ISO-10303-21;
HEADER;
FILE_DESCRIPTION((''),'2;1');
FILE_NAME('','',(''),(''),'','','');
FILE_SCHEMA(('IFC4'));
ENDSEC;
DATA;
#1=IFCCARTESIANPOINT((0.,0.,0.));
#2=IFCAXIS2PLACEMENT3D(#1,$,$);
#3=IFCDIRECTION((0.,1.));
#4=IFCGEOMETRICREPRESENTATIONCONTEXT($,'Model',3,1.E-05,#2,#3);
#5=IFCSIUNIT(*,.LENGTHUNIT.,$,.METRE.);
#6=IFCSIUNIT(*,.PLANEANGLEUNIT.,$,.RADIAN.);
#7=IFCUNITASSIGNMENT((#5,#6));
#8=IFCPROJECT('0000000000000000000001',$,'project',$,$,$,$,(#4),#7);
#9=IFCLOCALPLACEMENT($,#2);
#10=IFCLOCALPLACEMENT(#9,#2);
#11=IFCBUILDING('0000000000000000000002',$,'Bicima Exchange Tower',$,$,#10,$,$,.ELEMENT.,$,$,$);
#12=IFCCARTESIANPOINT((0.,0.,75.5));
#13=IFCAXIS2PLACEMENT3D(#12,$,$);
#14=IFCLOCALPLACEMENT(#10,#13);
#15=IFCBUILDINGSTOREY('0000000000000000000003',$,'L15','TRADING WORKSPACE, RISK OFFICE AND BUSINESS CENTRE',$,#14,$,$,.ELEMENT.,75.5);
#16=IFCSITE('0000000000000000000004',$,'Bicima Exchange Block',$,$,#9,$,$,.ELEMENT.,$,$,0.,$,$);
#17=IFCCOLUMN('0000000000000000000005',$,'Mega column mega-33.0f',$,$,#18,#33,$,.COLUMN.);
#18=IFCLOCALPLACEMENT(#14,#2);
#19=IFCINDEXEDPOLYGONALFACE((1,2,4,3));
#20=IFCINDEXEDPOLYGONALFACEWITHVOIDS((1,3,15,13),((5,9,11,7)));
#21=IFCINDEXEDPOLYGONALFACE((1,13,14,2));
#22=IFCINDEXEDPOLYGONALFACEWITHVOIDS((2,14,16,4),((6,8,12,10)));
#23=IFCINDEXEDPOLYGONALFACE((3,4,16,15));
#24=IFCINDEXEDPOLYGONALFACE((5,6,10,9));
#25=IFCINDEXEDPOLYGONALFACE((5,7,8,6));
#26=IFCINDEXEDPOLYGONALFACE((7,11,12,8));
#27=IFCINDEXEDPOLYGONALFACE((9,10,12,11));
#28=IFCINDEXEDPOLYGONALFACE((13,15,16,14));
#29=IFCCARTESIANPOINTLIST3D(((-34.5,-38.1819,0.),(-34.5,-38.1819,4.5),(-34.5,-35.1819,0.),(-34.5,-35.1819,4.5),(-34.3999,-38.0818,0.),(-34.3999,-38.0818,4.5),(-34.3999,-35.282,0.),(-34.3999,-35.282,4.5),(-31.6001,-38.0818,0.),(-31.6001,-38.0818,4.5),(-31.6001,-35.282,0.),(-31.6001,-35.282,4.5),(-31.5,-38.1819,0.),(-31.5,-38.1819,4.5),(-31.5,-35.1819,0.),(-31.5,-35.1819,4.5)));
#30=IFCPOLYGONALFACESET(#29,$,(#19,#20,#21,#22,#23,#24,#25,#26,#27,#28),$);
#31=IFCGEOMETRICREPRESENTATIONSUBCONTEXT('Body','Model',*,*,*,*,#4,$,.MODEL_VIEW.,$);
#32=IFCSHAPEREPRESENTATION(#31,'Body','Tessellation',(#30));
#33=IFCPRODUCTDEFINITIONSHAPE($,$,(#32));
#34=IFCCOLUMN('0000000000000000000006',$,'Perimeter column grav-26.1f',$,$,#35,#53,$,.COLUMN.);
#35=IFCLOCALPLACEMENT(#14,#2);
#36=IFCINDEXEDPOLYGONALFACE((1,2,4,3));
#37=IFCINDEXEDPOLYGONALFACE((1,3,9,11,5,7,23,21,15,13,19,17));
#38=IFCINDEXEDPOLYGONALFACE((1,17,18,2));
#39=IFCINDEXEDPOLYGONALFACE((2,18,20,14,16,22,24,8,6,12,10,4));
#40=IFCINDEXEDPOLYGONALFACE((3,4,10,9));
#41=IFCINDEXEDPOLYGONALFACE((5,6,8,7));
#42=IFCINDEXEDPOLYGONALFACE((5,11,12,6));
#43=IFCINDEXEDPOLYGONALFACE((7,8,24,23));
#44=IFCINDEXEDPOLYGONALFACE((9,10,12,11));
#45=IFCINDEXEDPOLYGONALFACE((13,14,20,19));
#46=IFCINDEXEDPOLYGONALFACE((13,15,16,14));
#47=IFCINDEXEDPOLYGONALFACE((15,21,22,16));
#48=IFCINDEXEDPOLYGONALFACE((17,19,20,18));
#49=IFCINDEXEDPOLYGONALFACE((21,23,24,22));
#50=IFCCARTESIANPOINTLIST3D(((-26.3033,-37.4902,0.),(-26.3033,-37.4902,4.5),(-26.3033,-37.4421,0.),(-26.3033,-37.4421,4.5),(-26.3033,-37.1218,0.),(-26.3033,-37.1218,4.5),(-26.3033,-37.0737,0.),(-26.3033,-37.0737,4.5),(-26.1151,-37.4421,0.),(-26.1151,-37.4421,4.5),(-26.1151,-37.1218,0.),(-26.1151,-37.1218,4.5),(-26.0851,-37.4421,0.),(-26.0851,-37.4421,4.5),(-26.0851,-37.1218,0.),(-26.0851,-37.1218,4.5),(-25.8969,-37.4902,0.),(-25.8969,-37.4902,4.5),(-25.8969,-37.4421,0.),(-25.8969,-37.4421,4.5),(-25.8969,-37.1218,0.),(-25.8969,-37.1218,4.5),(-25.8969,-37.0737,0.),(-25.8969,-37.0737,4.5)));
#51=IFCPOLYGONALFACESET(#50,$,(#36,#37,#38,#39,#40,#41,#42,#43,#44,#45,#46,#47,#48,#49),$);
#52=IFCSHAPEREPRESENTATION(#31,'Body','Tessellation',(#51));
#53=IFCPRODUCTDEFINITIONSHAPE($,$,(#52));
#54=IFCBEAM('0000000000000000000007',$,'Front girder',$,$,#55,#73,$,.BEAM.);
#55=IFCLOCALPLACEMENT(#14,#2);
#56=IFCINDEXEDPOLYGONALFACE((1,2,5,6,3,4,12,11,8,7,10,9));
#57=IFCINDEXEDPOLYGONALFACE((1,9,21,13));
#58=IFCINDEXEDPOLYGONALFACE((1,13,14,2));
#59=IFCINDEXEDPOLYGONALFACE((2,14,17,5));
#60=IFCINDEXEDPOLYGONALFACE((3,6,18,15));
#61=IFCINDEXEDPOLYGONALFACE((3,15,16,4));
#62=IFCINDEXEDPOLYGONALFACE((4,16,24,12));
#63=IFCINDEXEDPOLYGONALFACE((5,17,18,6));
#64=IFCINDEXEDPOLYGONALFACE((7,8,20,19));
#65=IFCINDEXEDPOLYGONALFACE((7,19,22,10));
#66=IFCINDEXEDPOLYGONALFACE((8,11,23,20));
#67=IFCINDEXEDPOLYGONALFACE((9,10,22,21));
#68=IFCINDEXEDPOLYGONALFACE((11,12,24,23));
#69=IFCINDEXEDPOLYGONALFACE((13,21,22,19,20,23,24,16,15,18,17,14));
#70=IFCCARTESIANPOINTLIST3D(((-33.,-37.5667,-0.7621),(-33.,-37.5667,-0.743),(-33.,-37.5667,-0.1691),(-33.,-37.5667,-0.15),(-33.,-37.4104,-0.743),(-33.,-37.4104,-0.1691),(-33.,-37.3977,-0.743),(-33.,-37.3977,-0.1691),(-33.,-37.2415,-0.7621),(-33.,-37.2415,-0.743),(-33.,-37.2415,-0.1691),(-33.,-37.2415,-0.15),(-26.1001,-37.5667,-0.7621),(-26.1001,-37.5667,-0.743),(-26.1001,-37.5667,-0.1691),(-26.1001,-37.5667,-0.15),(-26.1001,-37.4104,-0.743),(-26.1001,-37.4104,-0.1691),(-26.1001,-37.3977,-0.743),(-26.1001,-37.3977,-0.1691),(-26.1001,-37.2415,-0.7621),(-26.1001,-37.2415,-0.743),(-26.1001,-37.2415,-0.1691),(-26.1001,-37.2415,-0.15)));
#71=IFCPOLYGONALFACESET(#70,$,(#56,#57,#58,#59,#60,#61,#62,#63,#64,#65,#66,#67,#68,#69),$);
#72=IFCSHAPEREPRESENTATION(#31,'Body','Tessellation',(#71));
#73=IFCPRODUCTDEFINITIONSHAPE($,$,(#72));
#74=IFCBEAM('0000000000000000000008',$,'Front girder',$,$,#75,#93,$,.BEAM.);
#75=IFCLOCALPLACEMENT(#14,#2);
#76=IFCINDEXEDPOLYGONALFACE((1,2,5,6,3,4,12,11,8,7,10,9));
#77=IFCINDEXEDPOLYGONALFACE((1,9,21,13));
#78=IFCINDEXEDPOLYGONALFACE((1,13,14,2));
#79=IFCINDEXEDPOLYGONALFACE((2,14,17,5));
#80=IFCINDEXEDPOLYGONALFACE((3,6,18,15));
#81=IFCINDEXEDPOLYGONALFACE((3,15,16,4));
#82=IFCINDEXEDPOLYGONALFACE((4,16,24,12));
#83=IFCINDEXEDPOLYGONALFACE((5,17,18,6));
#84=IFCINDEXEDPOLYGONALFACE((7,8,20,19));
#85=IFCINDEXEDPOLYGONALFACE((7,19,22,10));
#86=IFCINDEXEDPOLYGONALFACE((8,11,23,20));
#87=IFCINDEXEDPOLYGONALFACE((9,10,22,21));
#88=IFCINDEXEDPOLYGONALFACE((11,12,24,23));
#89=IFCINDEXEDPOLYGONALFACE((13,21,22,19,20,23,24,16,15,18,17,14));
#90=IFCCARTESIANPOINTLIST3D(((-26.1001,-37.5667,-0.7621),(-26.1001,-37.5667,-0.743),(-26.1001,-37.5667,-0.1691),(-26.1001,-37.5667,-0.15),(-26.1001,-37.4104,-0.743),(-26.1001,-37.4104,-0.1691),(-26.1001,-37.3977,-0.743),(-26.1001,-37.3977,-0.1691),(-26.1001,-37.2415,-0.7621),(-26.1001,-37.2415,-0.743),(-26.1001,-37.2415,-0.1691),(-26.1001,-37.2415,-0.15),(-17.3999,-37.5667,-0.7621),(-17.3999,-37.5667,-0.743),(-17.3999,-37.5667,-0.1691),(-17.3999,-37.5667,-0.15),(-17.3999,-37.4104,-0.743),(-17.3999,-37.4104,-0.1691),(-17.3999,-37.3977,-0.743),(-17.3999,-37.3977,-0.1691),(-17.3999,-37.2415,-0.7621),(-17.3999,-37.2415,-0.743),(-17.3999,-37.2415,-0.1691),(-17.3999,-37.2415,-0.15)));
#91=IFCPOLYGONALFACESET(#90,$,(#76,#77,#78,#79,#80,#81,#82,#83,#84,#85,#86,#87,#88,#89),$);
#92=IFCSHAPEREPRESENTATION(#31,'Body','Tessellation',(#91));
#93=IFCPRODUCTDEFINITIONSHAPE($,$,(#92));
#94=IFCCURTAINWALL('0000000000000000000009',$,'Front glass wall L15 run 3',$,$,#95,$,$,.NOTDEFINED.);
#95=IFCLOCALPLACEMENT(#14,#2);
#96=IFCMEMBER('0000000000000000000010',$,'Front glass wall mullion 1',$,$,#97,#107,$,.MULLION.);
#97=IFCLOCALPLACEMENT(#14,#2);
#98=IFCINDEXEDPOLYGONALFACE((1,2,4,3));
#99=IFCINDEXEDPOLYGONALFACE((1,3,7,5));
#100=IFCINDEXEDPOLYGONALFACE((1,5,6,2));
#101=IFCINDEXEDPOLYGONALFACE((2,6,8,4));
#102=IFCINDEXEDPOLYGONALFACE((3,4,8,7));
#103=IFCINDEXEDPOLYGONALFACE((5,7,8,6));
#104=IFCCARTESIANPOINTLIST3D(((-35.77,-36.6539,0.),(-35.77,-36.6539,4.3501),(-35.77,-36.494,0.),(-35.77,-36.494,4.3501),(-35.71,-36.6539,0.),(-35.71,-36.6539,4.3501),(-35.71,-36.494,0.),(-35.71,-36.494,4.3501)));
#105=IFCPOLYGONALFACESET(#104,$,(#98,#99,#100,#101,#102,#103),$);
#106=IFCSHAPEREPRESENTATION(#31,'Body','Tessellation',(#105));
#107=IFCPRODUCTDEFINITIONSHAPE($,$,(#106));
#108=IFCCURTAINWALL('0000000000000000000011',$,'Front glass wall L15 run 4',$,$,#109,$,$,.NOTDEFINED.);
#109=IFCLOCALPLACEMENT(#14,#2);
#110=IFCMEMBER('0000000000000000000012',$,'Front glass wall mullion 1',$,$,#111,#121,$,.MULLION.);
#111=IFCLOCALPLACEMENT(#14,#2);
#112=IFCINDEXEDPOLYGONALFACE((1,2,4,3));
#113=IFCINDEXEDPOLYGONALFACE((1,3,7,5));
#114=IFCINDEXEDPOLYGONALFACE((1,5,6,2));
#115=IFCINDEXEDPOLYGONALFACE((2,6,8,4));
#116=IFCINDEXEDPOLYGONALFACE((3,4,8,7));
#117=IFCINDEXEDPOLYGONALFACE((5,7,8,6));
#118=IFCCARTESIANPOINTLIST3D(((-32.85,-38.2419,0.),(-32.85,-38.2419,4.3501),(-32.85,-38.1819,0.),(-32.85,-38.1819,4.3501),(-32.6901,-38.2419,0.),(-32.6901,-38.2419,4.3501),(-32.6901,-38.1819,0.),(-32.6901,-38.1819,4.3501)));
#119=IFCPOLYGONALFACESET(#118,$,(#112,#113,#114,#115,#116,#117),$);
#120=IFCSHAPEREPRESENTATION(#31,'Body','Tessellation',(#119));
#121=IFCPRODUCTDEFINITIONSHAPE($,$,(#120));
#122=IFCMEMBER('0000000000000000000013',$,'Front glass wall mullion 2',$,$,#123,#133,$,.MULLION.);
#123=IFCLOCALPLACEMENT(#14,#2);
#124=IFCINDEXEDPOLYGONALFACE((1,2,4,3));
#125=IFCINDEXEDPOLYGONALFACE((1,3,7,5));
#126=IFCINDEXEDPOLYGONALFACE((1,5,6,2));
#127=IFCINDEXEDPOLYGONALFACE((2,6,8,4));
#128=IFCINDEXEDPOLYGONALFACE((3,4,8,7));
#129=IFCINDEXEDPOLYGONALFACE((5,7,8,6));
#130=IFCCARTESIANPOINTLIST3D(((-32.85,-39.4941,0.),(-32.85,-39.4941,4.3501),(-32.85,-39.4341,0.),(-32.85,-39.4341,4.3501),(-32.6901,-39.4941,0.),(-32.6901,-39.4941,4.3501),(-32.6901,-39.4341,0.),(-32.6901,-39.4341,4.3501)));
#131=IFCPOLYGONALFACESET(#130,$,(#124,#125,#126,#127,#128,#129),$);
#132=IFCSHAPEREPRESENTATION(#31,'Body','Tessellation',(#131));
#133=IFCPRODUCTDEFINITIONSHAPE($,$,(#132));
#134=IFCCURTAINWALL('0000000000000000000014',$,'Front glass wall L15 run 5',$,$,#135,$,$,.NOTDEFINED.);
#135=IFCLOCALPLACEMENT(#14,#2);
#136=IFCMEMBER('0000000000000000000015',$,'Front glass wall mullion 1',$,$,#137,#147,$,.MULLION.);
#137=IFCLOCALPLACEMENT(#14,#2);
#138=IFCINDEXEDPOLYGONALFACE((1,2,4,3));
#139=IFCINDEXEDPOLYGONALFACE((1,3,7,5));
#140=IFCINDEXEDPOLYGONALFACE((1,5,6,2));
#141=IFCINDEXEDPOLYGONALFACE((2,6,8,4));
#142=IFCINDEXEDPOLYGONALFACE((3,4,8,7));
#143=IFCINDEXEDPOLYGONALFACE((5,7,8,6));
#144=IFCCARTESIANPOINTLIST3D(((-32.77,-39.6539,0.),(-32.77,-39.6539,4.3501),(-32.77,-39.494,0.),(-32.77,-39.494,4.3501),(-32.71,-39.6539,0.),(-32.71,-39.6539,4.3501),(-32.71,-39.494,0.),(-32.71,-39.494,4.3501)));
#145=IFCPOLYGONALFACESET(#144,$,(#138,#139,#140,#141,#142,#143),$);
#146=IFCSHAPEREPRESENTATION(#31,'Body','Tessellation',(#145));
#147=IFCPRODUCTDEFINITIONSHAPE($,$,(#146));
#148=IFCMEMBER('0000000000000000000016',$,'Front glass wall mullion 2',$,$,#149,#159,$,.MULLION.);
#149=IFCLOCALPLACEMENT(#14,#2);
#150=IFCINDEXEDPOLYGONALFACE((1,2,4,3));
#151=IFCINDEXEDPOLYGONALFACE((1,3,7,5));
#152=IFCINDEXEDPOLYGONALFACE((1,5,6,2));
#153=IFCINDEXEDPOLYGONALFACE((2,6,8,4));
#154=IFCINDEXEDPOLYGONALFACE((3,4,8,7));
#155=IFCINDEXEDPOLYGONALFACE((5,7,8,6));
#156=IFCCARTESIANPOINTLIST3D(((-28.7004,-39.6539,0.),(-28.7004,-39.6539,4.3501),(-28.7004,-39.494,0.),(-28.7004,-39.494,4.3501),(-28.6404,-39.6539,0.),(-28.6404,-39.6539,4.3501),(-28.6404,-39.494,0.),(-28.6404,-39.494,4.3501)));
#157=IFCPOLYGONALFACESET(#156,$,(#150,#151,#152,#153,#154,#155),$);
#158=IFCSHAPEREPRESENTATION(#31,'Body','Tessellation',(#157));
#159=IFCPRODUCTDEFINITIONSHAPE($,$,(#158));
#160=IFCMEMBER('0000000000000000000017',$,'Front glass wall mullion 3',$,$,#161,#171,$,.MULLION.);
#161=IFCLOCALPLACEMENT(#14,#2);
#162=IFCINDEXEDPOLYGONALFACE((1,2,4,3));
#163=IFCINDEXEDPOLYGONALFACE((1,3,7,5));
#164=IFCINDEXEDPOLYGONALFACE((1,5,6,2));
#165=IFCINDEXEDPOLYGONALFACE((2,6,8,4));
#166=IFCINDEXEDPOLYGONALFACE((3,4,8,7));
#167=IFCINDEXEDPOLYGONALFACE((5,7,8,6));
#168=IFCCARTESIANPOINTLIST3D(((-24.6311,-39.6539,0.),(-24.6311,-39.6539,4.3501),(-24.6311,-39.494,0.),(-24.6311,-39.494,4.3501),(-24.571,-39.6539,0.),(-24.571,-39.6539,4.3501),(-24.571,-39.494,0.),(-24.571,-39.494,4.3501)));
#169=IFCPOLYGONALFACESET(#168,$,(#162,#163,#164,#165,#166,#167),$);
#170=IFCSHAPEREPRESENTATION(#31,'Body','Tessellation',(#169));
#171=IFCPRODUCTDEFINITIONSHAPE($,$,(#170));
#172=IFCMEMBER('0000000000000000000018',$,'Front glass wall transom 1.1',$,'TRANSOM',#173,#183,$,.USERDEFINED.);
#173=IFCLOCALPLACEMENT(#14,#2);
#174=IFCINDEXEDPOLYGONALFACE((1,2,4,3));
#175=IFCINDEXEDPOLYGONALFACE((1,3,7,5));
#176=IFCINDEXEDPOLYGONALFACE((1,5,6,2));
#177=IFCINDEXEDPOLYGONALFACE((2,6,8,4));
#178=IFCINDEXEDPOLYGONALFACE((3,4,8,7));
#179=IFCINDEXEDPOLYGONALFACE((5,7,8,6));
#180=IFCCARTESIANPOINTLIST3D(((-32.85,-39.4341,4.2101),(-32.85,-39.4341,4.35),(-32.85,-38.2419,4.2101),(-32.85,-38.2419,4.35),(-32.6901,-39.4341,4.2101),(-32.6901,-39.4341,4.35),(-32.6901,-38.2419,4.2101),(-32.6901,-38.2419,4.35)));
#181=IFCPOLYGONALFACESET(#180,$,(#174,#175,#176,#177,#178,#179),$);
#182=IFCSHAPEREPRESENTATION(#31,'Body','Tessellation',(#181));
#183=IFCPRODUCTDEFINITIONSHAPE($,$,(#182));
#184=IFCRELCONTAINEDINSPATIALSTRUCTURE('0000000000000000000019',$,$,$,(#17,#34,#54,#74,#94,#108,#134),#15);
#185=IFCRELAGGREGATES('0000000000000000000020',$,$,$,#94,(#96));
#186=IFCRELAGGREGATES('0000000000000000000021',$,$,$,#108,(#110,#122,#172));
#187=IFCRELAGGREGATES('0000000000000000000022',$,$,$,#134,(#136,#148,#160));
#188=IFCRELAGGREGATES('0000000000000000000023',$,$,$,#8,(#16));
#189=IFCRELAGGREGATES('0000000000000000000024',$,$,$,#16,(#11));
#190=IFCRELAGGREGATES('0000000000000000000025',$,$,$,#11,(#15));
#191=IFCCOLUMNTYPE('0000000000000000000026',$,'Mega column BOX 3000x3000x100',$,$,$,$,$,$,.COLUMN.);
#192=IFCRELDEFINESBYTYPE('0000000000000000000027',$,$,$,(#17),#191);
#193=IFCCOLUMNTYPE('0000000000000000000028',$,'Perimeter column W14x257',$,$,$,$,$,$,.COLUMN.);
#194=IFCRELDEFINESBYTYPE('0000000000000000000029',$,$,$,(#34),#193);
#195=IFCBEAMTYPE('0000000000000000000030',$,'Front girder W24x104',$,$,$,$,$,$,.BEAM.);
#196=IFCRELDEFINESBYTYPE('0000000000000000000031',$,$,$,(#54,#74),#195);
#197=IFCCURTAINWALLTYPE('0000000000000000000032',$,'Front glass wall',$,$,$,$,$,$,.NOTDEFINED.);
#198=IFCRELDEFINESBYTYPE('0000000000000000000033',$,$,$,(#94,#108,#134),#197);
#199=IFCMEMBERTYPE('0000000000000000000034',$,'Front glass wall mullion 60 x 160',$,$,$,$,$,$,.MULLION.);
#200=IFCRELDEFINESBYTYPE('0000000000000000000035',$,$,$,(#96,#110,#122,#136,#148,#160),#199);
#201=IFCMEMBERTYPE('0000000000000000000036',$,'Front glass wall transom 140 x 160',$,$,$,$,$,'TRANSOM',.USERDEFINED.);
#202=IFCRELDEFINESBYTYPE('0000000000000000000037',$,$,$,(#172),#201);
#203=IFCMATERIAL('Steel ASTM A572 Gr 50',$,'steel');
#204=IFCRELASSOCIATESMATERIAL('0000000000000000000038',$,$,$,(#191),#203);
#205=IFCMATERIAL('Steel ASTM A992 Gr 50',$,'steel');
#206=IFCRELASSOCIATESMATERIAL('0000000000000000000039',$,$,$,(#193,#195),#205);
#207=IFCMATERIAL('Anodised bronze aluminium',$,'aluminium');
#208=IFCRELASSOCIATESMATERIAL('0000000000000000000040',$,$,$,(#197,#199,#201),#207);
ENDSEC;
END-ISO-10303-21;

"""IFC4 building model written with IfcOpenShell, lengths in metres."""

from ifc_helpers import new_model, si_unit, direction, frame, origin, origin_2d, place, context, subcontext, project, spatial, rectangle, hollow_rectangle, i_section, extrude, material, material_profile, profile_set, type_object, element, aggregate, save


model = new_model("IFC4")

# Units and contexts
model_context = context("Model", 3, precision=1e-05, world=origin(), true_north=direction((0.0, 1.0)))
body_context = subcontext(model_context, "Body", "Model", "MODEL_VIEW")
ifc_project = project(units=[si_unit("LENGTHUNIT", "METRE"), si_unit("PLANEANGLEUNIT", "RADIAN")], contexts=[model_context])

# Site, building, storey
site_placement = place(None, origin())
site = spatial("IfcSite", under=ifc_project, at=site_placement, Name="Bicima Exchange Block", CompositionType="ELEMENT", RefElevation=0.0)
building_placement = place(site_placement, origin())
building = spatial("IfcBuilding", under=site, at=building_placement, Name="Bicima Exchange Tower", CompositionType="ELEMENT")
storey_placement = place(building_placement, frame((0.0, 0.0, 75.5)))
storey = spatial("IfcBuildingStorey", under=building, at=storey_placement, Name="L15", Description="TRADING WORKSPACE, RISK OFFICE AND BUSINESS CENTRE", CompositionType="ELEMENT", Elevation=75.5)

# Columns
ifc_material_1 = material(Name="Steel ASTM A572 Gr 50", Category="steel")
ifc_material_profile_1 = material_profile(ifc_material_1, hollow_rectangle(XDim=3.0, YDim=3.0, WallThickness=0.1001, at=origin_2d()))
ifc_profile_set_1 = profile_set([ifc_material_profile_1], Name="Steel ASTM A572 Gr 50")
column_type_1 = type_object("IfcColumnType", Name="Mega column BOX 3000x3000x100", PredefinedType="COLUMN", material=ifc_profile_set_1)
column_1_placement = place(storey_placement, frame((-33.0, -36.6819, 0.0), z_axis=(0.0, 0.0, 1.0), x_axis=(1.0, 0.0, 0.0)))
element("IfcColumn", 1, at=column_1_placement, inside=storey, type_object=column_type_1, Name="Mega column mega-33.0f", PredefinedType="COLUMN", context=body_context, shape_type="SweptSolid", body=[
    extrude(hollow_rectangle(XDim=3.0, YDim=3.0, WallThickness=0.1001, at=origin_2d()), origin(), (0.0, 0.0, 1.0), 4.5),
])
ifc_material_2 = material(Name="Steel ASTM A992 Gr 50", Category="steel")
ifc_material_profile_2 = material_profile(ifc_material_2, i_section(OverallWidth=0.4065, OverallDepth=0.4165, WebThickness=0.03, FlangeThickness=0.0481, at=origin_2d()))
ifc_profile_set_2 = profile_set([ifc_material_profile_2], Name="Steel ASTM A992 Gr 50")
column_type_2 = type_object("IfcColumnType", Name="Perimeter column W14x257", PredefinedType="COLUMN", material=ifc_profile_set_2)
column_2_placement = place(storey_placement, frame((-26.1001, -37.282, 0.0), z_axis=(0.0, 0.0, 1.0), x_axis=(1.0, 0.0, 0.0)))
element("IfcColumn", 2, at=column_2_placement, inside=storey, type_object=column_type_2, Name="Perimeter column grav-26.1f", PredefinedType="COLUMN", context=body_context, shape_type="SweptSolid", body=[
    extrude(i_section(OverallWidth=0.4065, OverallDepth=0.4165, WebThickness=0.03, FlangeThickness=0.0481, at=origin_2d()), origin(), (0.0, 0.0, 1.0), 4.5),
])

# Beams
ifc_material_profile_3 = material_profile(ifc_material_2, i_section(OverallWidth=0.3252, OverallDepth=0.6121, WebThickness=0.0127, FlangeThickness=0.019, at=origin_2d()))
ifc_profile_set_3 = profile_set([ifc_material_profile_3], Name="Steel ASTM A992 Gr 50")
beam_type = type_object("IfcBeamType", Name="Front girder W24x104", PredefinedType="BEAM", material=ifc_profile_set_3)
beam_1_placement = place(storey_placement, frame((-33.0, -37.4041, -0.4561), z_axis=(1.0, 0.0, 0.0), x_axis=(0.0, 1.0, 0.0)))
element("IfcBeam", 3, at=beam_1_placement, inside=storey, type_object=beam_type, Name="Front girder", PredefinedType="BEAM", context=body_context, shape_type="SweptSolid", body=[
    extrude(i_section(OverallWidth=0.3252, OverallDepth=0.6121, WebThickness=0.0127, FlangeThickness=0.019, at=origin_2d()), origin(), (0.0, 0.0, 1.0), 6.8999),
])
beam_2_placement = place(storey_placement, frame((-26.1001, -37.4041, -0.4561), z_axis=(1.0, 0.0, 0.0), x_axis=(0.0, 1.0, 0.0)))
element("IfcBeam", 4, at=beam_2_placement, inside=storey, type_object=beam_type, Name="Front girder", PredefinedType="BEAM", context=body_context, shape_type="SweptSolid", body=[
    extrude(i_section(OverallWidth=0.3252, OverallDepth=0.6121, WebThickness=0.0127, FlangeThickness=0.019, at=origin_2d()), origin(), (0.0, 0.0, 1.0), 8.7002),
])

# Curtain wall, member
ifc_material_3 = material(Name="Anodised bronze aluminium", Category="aluminium")
curtain_wall_type = type_object("IfcCurtainWallType", Name="Front glass wall", PredefinedType="NOTDEFINED", material=ifc_material_3)
curtain_wall_1_placement = place(storey_placement, origin())
curtain_wall_1 = element("IfcCurtainWall", 5, at=curtain_wall_1_placement, inside=storey, type_object=curtain_wall_type, Name="Front glass wall L15 run 3", PredefinedType="NOTDEFINED")
ifc_material_profile_4 = material_profile(ifc_material_3, rectangle(XDim=0.1599, YDim=0.0601, at=origin_2d()))
ifc_profile_set_4 = profile_set([ifc_material_profile_4], Name="Anodised bronze aluminium")
member_type_1 = type_object("IfcMemberType", Name="Front glass wall mullion 60 x 160", PredefinedType="MULLION", material=ifc_profile_set_4)
member_1_placement = place(storey_placement, frame((-35.74, -36.574, 0.0), z_axis=(0.0, 0.0, 1.0), x_axis=(0.0, 1.0, 0.0)))
member_1 = element("IfcMember", 6, at=member_1_placement, type_object=member_type_1, Name="Front glass wall mullion 1", PredefinedType="MULLION", context=body_context, shape_type="SweptSolid", body=[
    extrude(rectangle(XDim=0.1599, YDim=0.0601, at=origin_2d()), origin(), (0.0, 0.0, 1.0), 4.3501),
])
aggregate(curtain_wall_1, [member_1])

# Curtain walls, members
curtain_wall_2_placement = place(storey_placement, origin())
curtain_wall_2 = element("IfcCurtainWall", 7, at=curtain_wall_2_placement, inside=storey, type_object=curtain_wall_type, Name="Front glass wall L15 run 4", PredefinedType="NOTDEFINED")
member_2_placement = place(storey_placement, frame((-32.77, -38.2119, 0.0), z_axis=(0.0, 0.0, 1.0), x_axis=(1.0, 0.0, 0.0)))
member_2 = element("IfcMember", 8, at=member_2_placement, type_object=member_type_1, Name="Front glass wall mullion 1", PredefinedType="MULLION", context=body_context, shape_type="SweptSolid", body=[
    extrude(rectangle(XDim=0.1599, YDim=0.0601, at=origin_2d()), origin(), (0.0, 0.0, 1.0), 4.3501),
])
member_3_placement = place(storey_placement, frame((-32.77, -39.4641, 0.0), z_axis=(0.0, 0.0, 1.0), x_axis=(1.0, 0.0, 0.0)))
member_3 = element("IfcMember", 9, at=member_3_placement, type_object=member_type_1, Name="Front glass wall mullion 2", PredefinedType="MULLION", context=body_context, shape_type="SweptSolid", body=[
    extrude(rectangle(XDim=0.1599, YDim=0.0601, at=origin_2d()), origin(), (0.0, 0.0, 1.0), 4.3501),
])
curtain_wall_3_placement = place(storey_placement, origin())
curtain_wall_3 = element("IfcCurtainWall", 10, at=curtain_wall_3_placement, inside=storey, type_object=curtain_wall_type, Name="Front glass wall L15 run 5", PredefinedType="NOTDEFINED")
member_4_placement = place(storey_placement, frame((-32.74, -39.574, 0.0), z_axis=(0.0, 0.0, 1.0), x_axis=(0.0, 1.0, 0.0)))
member_4 = element("IfcMember", 11, at=member_4_placement, type_object=member_type_1, Name="Front glass wall mullion 1", PredefinedType="MULLION", context=body_context, shape_type="SweptSolid", body=[
    extrude(rectangle(XDim=0.1599, YDim=0.0601, at=origin_2d()), origin(), (0.0, 0.0, 1.0), 4.3501),
])
member_5_placement = place(storey_placement, frame((-28.6704, -39.574, 0.0), z_axis=(0.0, 0.0, 1.0), x_axis=(0.0, 1.0, 0.0)))
member_5 = element("IfcMember", 12, at=member_5_placement, type_object=member_type_1, Name="Front glass wall mullion 2", PredefinedType="MULLION", context=body_context, shape_type="SweptSolid", body=[
    extrude(rectangle(XDim=0.1599, YDim=0.0601, at=origin_2d()), origin(), (0.0, 0.0, 1.0), 4.3501),
])
member_6_placement = place(storey_placement, frame((-24.6011, -39.574, 0.0), z_axis=(0.0, 0.0, 1.0), x_axis=(0.0, 1.0, 0.0)))
member_6 = element("IfcMember", 13, at=member_6_placement, type_object=member_type_1, Name="Front glass wall mullion 3", PredefinedType="MULLION", context=body_context, shape_type="SweptSolid", body=[
    extrude(rectangle(XDim=0.1599, YDim=0.0601, at=origin_2d()), origin(), (0.0, 0.0, 1.0), 4.3501),
])

# Member
ifc_material_profile_5 = material_profile(ifc_material_3, rectangle(XDim=0.1599, YDim=0.1399, at=origin_2d()))
ifc_profile_set_5 = profile_set([ifc_material_profile_5], Name="Anodised bronze aluminium")
member_type_2 = type_object("IfcMemberType", Name="Front glass wall transom 140 x 160", ElementType="TRANSOM", PredefinedType="USERDEFINED", material=ifc_profile_set_5)
member_7_placement = place(storey_placement, frame((-32.77, -38.2419, 4.28), z_axis=(0.0, -1.0, 0.0), x_axis=(1.0, 0.0, 0.0)))
member_7 = element("IfcMember", 14, at=member_7_placement, type_object=member_type_2, Name="Front glass wall transom 1.1", ObjectType="TRANSOM", PredefinedType="USERDEFINED", context=body_context, shape_type="SweptSolid", body=[
    extrude(rectangle(XDim=0.1599, YDim=0.1399, at=origin_2d()), origin(), (0.0, 0.0, 1.0), 1.1921),
])

aggregate(curtain_wall_2, [member_2, member_3, member_7])
aggregate(curtain_wall_3, [member_4, member_5, member_6])

save(model, "model.ifc")
